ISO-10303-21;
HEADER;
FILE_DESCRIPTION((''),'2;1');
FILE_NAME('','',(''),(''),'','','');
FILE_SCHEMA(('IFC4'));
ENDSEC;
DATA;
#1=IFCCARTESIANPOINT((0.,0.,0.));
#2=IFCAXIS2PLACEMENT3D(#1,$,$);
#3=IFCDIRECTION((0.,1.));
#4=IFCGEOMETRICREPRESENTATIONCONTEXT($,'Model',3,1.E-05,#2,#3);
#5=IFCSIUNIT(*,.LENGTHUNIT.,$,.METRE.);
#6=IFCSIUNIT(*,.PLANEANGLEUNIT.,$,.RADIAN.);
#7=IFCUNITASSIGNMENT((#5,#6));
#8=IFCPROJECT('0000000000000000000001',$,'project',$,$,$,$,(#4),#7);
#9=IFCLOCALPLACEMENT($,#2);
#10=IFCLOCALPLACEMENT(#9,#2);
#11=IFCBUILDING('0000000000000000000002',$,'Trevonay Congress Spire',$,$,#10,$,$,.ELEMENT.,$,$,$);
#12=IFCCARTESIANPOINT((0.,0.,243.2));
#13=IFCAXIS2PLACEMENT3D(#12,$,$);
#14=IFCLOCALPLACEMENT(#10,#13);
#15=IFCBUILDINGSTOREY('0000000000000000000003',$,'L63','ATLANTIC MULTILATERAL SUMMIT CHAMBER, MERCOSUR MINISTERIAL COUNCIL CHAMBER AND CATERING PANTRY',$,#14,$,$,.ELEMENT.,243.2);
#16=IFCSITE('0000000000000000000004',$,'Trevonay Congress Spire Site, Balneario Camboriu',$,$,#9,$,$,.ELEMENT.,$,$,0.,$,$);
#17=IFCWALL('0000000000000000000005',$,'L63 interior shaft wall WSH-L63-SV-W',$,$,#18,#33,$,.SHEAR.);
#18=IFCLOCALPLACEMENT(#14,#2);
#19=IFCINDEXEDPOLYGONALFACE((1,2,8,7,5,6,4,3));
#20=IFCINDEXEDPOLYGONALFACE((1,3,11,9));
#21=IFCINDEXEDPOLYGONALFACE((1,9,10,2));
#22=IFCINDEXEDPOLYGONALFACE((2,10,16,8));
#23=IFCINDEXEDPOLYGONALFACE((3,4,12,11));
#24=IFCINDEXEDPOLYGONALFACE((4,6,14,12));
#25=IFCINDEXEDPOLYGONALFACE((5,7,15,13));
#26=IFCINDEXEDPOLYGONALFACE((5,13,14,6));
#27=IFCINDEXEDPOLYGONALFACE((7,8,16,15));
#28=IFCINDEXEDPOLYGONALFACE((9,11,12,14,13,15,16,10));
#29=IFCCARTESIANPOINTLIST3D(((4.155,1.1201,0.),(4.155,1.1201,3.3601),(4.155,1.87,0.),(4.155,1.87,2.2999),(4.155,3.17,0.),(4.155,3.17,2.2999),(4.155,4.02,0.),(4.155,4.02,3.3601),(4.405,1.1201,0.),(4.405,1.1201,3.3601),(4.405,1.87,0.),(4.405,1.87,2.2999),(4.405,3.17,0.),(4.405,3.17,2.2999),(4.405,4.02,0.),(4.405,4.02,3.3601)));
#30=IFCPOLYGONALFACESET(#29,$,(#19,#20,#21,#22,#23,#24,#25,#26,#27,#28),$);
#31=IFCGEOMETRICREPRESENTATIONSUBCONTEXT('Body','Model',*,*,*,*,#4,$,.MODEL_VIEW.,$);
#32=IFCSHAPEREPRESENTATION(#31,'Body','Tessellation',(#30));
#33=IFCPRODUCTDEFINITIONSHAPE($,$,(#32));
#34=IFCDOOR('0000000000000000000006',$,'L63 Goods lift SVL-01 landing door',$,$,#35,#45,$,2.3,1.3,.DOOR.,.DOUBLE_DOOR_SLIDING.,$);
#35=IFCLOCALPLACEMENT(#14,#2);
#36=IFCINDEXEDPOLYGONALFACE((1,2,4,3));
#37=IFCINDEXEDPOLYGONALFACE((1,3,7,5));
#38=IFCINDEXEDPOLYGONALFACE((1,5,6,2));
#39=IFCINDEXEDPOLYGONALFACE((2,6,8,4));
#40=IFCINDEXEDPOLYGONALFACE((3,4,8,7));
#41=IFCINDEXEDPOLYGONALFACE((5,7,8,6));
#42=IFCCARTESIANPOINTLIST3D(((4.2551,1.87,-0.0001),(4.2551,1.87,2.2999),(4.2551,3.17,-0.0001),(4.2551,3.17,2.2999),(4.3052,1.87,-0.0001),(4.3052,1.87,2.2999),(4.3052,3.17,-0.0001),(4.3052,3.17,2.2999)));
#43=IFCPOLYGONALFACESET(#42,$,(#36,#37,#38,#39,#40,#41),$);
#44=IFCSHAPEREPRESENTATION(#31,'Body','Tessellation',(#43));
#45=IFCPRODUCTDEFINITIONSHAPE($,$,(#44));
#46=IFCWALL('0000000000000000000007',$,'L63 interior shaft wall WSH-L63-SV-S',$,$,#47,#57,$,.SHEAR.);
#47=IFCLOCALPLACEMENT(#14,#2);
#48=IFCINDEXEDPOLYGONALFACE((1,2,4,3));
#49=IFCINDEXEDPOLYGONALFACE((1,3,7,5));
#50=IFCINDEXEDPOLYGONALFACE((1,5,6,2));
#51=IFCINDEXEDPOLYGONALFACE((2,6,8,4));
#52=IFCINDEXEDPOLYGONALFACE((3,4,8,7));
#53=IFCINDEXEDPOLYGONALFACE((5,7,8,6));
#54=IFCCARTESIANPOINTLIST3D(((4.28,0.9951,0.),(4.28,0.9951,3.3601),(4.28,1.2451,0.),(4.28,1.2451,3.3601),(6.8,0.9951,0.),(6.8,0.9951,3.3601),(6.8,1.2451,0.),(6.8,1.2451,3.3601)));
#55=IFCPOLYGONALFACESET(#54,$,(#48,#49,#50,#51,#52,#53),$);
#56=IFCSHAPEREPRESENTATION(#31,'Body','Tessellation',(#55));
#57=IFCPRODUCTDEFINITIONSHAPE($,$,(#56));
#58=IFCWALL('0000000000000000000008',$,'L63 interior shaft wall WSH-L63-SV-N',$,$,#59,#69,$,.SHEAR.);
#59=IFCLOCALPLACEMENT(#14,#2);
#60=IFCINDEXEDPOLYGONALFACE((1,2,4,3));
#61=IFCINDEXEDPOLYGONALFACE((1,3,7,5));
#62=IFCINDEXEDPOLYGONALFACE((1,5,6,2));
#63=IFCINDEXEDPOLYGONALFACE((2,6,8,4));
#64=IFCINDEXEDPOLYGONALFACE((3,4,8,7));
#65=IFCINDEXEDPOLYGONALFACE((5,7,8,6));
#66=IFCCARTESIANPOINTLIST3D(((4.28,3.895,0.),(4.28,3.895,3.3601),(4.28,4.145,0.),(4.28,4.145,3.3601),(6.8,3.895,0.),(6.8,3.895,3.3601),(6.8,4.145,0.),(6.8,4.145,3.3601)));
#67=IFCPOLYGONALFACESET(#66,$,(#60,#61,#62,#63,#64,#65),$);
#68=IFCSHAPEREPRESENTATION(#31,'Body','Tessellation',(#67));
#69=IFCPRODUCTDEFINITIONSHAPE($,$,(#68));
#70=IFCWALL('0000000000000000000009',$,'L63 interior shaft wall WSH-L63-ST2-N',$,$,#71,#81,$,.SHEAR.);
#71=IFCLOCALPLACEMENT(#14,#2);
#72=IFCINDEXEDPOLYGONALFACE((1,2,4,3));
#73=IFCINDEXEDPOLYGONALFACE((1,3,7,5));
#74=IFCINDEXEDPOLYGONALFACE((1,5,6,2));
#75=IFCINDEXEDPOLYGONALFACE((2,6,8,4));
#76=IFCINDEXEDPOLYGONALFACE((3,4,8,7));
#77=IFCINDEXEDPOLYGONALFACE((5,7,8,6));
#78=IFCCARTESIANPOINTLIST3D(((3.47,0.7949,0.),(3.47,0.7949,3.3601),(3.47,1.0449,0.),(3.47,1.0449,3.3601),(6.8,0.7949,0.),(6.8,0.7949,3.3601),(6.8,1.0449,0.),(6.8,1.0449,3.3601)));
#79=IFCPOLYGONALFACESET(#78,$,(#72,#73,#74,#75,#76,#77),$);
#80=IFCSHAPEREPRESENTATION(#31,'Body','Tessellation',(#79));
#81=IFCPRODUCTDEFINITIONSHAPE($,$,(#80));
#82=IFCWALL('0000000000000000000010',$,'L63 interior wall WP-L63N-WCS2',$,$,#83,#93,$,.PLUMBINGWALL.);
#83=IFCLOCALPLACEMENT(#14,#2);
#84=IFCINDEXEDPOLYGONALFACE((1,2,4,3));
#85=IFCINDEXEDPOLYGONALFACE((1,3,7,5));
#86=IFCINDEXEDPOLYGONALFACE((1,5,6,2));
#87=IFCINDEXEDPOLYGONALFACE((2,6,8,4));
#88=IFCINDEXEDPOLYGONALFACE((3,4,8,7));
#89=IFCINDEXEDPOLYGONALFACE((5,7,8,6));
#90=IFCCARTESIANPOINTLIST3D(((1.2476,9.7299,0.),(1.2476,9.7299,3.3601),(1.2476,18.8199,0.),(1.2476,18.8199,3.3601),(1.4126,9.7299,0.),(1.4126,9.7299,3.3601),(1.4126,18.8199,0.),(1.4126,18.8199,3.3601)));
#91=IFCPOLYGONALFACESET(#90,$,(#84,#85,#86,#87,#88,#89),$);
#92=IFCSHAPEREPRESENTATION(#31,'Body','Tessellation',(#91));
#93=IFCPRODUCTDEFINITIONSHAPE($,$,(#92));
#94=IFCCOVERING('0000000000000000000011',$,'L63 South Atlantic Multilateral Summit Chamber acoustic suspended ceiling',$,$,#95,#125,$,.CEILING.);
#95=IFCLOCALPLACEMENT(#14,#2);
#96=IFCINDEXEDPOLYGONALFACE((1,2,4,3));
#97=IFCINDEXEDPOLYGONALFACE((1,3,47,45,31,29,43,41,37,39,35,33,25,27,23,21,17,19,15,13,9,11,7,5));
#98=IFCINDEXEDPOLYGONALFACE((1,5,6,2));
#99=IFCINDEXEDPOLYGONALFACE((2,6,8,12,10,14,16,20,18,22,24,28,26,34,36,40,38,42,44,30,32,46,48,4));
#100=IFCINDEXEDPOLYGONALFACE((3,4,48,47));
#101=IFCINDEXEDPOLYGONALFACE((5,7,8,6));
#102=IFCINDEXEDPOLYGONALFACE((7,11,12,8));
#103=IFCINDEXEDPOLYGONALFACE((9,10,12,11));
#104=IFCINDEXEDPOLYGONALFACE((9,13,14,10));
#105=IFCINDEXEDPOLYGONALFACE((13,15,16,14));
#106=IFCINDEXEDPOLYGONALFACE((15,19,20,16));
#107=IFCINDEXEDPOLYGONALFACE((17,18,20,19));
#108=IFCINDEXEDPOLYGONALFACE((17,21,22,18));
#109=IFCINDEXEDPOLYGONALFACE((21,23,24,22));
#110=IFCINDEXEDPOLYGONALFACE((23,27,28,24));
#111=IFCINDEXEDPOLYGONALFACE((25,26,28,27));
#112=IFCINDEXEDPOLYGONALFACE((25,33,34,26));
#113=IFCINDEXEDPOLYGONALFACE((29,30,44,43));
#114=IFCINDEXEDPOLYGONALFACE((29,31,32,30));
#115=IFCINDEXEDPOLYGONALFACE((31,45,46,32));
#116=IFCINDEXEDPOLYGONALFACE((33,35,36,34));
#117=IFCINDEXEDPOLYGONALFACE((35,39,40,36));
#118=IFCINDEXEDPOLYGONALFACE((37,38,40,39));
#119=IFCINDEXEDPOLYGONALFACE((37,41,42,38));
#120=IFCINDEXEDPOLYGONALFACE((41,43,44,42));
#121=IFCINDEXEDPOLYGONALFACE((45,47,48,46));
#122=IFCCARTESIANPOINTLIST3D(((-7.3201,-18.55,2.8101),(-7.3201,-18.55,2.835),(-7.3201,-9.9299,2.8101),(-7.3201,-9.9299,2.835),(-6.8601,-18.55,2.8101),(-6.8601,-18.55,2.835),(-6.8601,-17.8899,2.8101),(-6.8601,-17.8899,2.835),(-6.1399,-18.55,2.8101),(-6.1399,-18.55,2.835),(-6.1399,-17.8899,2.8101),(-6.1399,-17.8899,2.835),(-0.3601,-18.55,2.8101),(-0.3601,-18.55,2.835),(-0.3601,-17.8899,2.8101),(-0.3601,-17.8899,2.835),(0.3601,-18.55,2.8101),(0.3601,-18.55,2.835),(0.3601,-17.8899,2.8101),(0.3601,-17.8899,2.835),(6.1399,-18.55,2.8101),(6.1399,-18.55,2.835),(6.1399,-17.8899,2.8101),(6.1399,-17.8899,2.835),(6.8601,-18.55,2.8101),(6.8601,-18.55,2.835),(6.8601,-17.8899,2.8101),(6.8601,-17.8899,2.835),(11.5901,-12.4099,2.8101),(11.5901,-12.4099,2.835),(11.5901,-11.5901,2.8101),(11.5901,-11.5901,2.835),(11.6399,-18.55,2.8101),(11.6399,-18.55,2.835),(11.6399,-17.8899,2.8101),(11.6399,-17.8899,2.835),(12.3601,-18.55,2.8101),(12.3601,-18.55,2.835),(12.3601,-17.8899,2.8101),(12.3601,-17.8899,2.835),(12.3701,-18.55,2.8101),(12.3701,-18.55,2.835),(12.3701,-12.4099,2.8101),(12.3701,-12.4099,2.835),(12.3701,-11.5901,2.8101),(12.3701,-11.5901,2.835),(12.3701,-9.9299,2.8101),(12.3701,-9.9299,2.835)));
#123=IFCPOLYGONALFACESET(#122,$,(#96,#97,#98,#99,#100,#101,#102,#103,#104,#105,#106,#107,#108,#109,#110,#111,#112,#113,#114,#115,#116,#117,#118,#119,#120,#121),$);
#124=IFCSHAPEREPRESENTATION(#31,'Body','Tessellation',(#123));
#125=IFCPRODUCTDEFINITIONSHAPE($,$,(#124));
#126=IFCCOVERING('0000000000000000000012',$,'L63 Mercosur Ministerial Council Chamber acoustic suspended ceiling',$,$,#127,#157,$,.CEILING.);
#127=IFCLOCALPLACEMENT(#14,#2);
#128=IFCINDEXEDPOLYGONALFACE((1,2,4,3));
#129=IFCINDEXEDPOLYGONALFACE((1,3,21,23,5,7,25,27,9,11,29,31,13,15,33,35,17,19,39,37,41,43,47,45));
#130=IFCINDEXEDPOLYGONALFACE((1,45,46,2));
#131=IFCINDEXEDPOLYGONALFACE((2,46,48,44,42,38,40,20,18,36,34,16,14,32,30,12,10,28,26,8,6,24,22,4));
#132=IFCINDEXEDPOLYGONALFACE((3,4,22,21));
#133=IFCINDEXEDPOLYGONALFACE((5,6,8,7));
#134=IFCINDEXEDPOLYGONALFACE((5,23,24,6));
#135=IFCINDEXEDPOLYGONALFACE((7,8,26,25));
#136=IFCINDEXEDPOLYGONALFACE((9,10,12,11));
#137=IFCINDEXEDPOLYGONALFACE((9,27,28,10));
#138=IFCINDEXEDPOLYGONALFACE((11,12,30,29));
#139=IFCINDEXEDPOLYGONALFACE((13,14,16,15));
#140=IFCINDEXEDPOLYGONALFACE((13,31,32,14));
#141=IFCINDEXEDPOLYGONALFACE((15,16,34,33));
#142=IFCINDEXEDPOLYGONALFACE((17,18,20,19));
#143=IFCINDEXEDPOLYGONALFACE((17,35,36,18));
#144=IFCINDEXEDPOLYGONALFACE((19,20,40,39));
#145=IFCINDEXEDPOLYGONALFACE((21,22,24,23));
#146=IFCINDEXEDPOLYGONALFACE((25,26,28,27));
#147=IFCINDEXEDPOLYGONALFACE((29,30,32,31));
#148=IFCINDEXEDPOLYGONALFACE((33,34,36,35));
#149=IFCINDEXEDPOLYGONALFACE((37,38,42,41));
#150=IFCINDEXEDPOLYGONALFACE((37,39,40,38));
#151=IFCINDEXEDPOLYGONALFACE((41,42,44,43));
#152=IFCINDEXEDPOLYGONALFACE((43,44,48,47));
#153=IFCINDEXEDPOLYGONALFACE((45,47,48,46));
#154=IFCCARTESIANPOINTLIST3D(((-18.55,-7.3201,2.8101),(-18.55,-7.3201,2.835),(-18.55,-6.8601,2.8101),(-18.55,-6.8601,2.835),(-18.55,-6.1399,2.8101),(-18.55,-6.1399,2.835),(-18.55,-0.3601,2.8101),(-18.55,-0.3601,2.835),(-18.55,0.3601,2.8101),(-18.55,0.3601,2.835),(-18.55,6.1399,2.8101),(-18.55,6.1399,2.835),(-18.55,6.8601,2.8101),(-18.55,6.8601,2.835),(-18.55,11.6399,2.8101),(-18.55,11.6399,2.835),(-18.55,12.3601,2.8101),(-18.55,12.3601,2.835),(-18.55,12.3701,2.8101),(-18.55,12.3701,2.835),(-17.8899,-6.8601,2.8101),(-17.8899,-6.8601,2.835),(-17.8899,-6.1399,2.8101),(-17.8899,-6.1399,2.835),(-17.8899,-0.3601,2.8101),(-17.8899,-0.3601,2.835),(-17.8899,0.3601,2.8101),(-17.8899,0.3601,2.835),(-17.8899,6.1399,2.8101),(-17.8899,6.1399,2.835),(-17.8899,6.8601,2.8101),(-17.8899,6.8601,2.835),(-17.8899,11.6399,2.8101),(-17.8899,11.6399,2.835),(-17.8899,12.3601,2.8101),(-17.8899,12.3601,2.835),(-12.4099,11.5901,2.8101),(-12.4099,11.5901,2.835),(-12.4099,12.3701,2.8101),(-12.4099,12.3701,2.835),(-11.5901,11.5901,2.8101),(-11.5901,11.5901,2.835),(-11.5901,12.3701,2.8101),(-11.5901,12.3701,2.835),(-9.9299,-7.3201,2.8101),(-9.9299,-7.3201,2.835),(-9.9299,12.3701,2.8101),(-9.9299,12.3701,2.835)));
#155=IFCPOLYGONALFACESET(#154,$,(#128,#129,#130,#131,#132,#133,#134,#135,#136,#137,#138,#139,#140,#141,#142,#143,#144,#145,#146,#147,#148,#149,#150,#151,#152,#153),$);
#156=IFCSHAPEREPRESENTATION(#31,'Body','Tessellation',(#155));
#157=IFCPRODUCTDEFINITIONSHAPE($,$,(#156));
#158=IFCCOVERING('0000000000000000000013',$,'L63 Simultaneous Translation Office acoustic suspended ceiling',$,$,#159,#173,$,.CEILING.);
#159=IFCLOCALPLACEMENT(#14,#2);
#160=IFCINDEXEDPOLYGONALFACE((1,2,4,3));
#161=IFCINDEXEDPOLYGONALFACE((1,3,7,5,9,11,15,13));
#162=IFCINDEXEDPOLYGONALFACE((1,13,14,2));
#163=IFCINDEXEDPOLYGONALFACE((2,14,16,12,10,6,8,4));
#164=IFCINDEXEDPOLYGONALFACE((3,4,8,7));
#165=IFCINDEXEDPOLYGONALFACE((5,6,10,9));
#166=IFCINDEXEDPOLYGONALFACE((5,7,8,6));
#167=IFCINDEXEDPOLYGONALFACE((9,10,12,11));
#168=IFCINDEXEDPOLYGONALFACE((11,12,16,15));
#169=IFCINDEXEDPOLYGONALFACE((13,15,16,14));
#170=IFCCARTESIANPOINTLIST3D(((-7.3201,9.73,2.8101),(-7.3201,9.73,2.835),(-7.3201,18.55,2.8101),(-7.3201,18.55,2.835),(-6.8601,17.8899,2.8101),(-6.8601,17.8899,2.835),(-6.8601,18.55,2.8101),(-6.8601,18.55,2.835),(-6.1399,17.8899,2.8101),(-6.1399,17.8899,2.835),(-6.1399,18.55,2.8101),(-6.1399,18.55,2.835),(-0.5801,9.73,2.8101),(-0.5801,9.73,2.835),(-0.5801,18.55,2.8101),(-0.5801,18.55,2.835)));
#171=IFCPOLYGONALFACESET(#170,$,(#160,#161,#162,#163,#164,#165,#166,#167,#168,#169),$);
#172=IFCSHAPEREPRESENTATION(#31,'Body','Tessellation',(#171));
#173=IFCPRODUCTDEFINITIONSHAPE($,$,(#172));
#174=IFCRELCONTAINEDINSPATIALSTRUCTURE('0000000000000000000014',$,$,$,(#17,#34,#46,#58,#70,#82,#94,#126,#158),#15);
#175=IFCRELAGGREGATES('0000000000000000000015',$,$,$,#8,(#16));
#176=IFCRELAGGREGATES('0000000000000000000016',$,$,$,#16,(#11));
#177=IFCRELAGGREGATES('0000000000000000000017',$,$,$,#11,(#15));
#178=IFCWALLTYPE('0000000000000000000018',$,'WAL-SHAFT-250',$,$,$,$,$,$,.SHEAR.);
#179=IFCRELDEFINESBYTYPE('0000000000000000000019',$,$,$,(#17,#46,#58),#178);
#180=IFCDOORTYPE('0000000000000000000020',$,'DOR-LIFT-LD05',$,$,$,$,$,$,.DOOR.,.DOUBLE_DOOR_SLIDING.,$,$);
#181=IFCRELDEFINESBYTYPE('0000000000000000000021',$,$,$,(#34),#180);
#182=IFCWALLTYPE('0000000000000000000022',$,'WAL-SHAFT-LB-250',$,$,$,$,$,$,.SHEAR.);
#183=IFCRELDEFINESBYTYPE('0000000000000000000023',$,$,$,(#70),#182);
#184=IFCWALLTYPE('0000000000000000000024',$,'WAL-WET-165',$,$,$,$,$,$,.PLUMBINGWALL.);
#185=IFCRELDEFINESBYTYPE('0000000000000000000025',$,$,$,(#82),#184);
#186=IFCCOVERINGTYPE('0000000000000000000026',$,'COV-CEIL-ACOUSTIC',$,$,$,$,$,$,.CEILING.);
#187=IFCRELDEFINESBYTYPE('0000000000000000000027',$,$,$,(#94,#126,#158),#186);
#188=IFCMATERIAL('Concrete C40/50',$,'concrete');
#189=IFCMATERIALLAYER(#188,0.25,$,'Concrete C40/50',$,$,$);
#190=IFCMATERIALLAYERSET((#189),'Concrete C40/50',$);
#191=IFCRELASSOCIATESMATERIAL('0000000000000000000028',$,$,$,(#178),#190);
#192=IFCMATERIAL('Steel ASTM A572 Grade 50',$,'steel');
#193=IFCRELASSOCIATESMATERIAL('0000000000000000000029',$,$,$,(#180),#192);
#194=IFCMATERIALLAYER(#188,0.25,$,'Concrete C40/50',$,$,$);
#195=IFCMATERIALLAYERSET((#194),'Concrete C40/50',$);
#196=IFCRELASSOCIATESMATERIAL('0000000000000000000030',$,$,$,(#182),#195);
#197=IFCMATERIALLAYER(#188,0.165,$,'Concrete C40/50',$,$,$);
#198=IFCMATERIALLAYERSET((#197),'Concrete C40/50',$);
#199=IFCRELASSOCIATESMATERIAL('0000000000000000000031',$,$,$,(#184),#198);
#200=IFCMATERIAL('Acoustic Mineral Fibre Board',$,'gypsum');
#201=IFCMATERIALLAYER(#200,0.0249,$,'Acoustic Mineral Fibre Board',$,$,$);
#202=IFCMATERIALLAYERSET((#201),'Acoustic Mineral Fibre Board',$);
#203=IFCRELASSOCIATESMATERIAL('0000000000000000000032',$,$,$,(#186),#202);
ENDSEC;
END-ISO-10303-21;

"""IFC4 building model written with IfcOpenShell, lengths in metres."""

from ifc_helpers import new_model, si_unit, direction, frame, frame_2d, origin, place, context, subcontext, project, spatial, polyline, rectangle, outline, extrude, material, layer, layer_set, type_object, element, fill, save


model = new_model("IFC4")

# Units and contexts
model_context = context("Model", 3, precision=1e-05, world=origin(), true_north=direction((0.0, 1.0)))
body_context = subcontext(model_context, "Body", "Model", "MODEL_VIEW")
ifc_project = project(units=[si_unit("LENGTHUNIT", "METRE"), si_unit("PLANEANGLEUNIT", "RADIAN")], contexts=[model_context])

# Site, building, storey
site_placement = place(None, origin())
site = spatial("IfcSite", under=ifc_project, at=site_placement, Name="Trevonay Congress Spire Site, Balneario Camboriu", CompositionType="ELEMENT", RefElevation=0.0)
building_placement = place(site_placement, origin())
building = spatial("IfcBuilding", under=site, at=building_placement, Name="Trevonay Congress Spire", CompositionType="ELEMENT")
storey_placement = place(building_placement, frame((0.0, 0.0, 243.2)))
storey = spatial("IfcBuildingStorey", under=building, at=storey_placement, Name="L63", Description="ATLANTIC MULTILATERAL SUMMIT CHAMBER, MERCOSUR MINISTERIAL COUNCIL CHAMBER AND CATERING PANTRY", CompositionType="ELEMENT", Elevation=243.2)

# Shared definitions
ifc_material_1 = material(Name="Steel ASTM A572 Grade 50", Category="steel")

# Shared definitions
ifc_material_2 = material(Name="Concrete C40/50", Category="concrete")
ifc_layer_1 = layer(ifc_material_2, 0.25, Name="Concrete C40/50")
ifc_layer_set_1 = layer_set([ifc_layer_1], Name="Concrete C40/50")
wall_type_1 = type_object("IfcWallType", Name="WAL-SHAFT-250", PredefinedType="SHEAR", material=ifc_layer_set_1)

# Wall, opening, door
wall_1_placement = place(storey_placement, frame((4.28, 1.1201, 0.0), z_axis=(0.0, 0.0, 1.0), x_axis=(0.0, 1.0, 0.0)))
wall_1 = element("IfcWall", 1, at=wall_1_placement, inside=storey, type_object=wall_type_1, Name="L63 interior shaft wall WSH-L63-SV-W", PredefinedType="SHEAR", context=body_context, shape_type="SweptSolid", body=[
    extrude(rectangle(XDim=2.8999, YDim=0.25, at=frame_2d((1.45, 0.0))), origin(), (0.0, 0.0, 1.0), 3.3601),
])
opening_1_placement = place(wall_1_placement, frame((0.75, 0.0, 0.0)))
opening_1 = element("IfcOpeningElement", 2, at=opening_1_placement, cuts=wall_1, PredefinedType="OPENING", context=body_context, shape_type="SweptSolid", body=[
    extrude(rectangle(XDim=1.3, YDim=2.3, at=frame_2d((0.6499, 1.1499))), frame((0.0, 0.135, 0.0), z_axis=(0.0, -1.0, 0.0), x_axis=(1.0, 0.0, 0.0)), (0.0, 0.0, 1.0), 0.27),
])
door_type_1 = type_object("IfcDoorType", Name="DOR-LIFT-LD05", OperationType="DOUBLE_DOOR_SLIDING", PredefinedType="DOOR", material=ifc_material_1)
door_1_placement = place(opening_1_placement, origin())
door_1 = element("IfcDoor", 3, at=door_1_placement, inside=storey, type_object=door_type_1, Name="L63 Goods lift SVL-01 landing door", OperationType="DOUBLE_DOOR_SLIDING", OverallHeight=2.3, OverallWidth=1.3, PredefinedType="DOOR", context=body_context, shape_type="SweptSolid", body=[
    extrude(rectangle(XDim=1.3, YDim=2.3, at=frame_2d((0.6499, 1.1499))), frame((0.0, 0.0249, 0.0), z_axis=(0.0, -1.0, 0.0), x_axis=(1.0, 0.0, 0.0)), (0.0, 0.0, 1.0), 0.05),
])
fill(opening_1, door_1)

# Walls
for number, where, z_axis, x_axis, name in (
    (4, (4.28, 1.1201, 0.0), (0.0, 0.0, 1.0), (1.0, 0.0, 0.0), "L63 interior shaft wall WSH-L63-SV-S"),
    (5, (4.28, 4.02, 0.0), (0.0, 0.0, 1.0), (1.0, 0.0, 0.0), "L63 interior shaft wall WSH-L63-SV-N"),
):
    element("IfcWall", number, at=place(storey_placement, frame(where, z_axis=z_axis, x_axis=x_axis)), inside=storey, type_object=wall_type_1, Name=name, PredefinedType="SHEAR", context=body_context, shape_type="SweptSolid", body=[
        extrude(rectangle(XDim=2.52, YDim=0.25, at=frame_2d((1.26, 0.0))), origin(), (0.0, 0.0, 1.0), 3.3601),
    ])
ifc_layer_2 = layer(ifc_material_2, 0.25, Name="Concrete C40/50")
ifc_layer_set_2 = layer_set([ifc_layer_2], Name="Concrete C40/50")
wall_type_2 = type_object("IfcWallType", Name="WAL-SHAFT-LB-250", PredefinedType="SHEAR", material=ifc_layer_set_2)
wall_2_placement = place(storey_placement, frame((3.47, 0.9199, 0.0), z_axis=(0.0, 0.0, 1.0), x_axis=(1.0, 0.0, 0.0)))
element("IfcWall", 6, at=wall_2_placement, inside=storey, type_object=wall_type_2, Name="L63 interior shaft wall WSH-L63-ST2-N", PredefinedType="SHEAR", context=body_context, shape_type="SweptSolid", body=[
    extrude(rectangle(XDim=3.3301, YDim=0.25, at=frame_2d((1.665, 0.0))), origin(), (0.0, 0.0, 1.0), 3.3601),
])
ifc_layer_3 = layer(ifc_material_2, 0.165, Name="Concrete C40/50")
ifc_layer_set_3 = layer_set([ifc_layer_3], Name="Concrete C40/50")
wall_type_3 = type_object("IfcWallType", Name="WAL-WET-165", PredefinedType="PLUMBINGWALL", material=ifc_layer_set_3)
wall_3_placement = place(storey_placement, frame((1.3301, 9.73, 0.0), z_axis=(0.0, 0.0, 1.0), x_axis=(0.0, 1.0, 0.0)))
element("IfcWall", 7, at=wall_3_placement, inside=storey, type_object=wall_type_3, Name="L63 interior wall WP-L63N-WCS2", PredefinedType="PLUMBINGWALL", context=body_context, shape_type="SweptSolid", body=[
    extrude(rectangle(XDim=9.0901, YDim=0.165, at=frame_2d((4.5449, 0.0))), origin(), (0.0, 0.0, 1.0), 3.3601),
])

# Coverings
ifc_material_3 = material(Name="Acoustic Mineral Fibre Board", Category="gypsum")
ifc_layer_4 = layer(ifc_material_3, 0.0249, Name="Acoustic Mineral Fibre Board")
ifc_layer_set_4 = layer_set([ifc_layer_4], Name="Acoustic Mineral Fibre Board")
covering_type_1 = type_object("IfcCoveringType", Name="COV-CEIL-ACOUSTIC", PredefinedType="CEILING", material=ifc_layer_set_4)
covering_1_placement = place(storey_placement, frame((0.0, 0.0, 2.8101)))
element("IfcCovering", 8, at=covering_1_placement, inside=storey, type_object=covering_type_1, Name="L63 South Atlantic Multilateral Summit Chamber acoustic suspended ceiling", PredefinedType="CEILING", context=body_context, shape_type="SweptSolid", body=[
    extrude(outline(polyline([(-7.3201, -18.55), (-7.3201, -9.9299), (12.3701, -9.9299), (12.3701, -11.5901), (11.5901, -11.5901), (11.5901, -12.4099), (12.3701, -12.4099), (12.3701, -18.55), (12.3601, -18.55), (12.3601, -17.8899), (11.6399, -17.8899), (11.6399, -18.55), (6.8601, -18.55), (6.8601, -17.8899), (6.1399, -17.8899), (6.1399, -18.55), (0.3601, -18.55), (0.3601, -17.8899), (-0.3601, -17.8899), (-0.3601, -18.55), (-6.1399, -18.55), (-6.1399, -17.8899), (-6.8601, -17.8899), (-6.8601, -18.55), (-7.3201, -18.55)])), origin(), (0.0, 0.0, 1.0), 0.0249),
])
covering_2_placement = place(storey_placement, frame((0.0, 0.0, 2.8101)))
element("IfcCovering", 9, at=covering_2_placement, inside=storey, type_object=covering_type_1, Name="L63 Mercosur Ministerial Council Chamber acoustic suspended ceiling", PredefinedType="CEILING", context=body_context, shape_type="SweptSolid", body=[
    extrude(outline(polyline([(-9.9299, 12.3701), (-9.9299, -7.3201), (-18.55, -7.3201), (-18.55, -6.8601), (-17.8899, -6.8601), (-17.8899, -6.1399), (-18.55, -6.1399), (-18.55, -0.3601), (-17.8899, -0.3601), (-17.8899, 0.3601), (-18.55, 0.3601), (-18.55, 6.1399), (-17.8899, 6.1399), (-17.8899, 6.8601), (-18.55, 6.8601), (-18.55, 11.6399), (-17.8899, 11.6399), (-17.8899, 12.3601), (-18.55, 12.3601), (-18.55, 12.3701), (-12.4099, 12.3701), (-12.4099, 11.5901), (-11.5901, 11.5901), (-11.5901, 12.3701), (-9.9299, 12.3701)])), origin(), (0.0, 0.0, 1.0), 0.0249),
])
covering_3_placement = place(storey_placement, frame((0.0, 0.0, 2.8101)))
element("IfcCovering", 10, at=covering_3_placement, inside=storey, type_object=covering_type_1, Name="L63 Simultaneous Translation Office acoustic suspended ceiling", PredefinedType="CEILING", context=body_context, shape_type="SweptSolid", body=[
    extrude(outline(polyline([(-0.5801, 18.55), (-0.5801, 9.73), (-7.3201, 9.73), (-7.3201, 18.55), (-6.8601, 18.55), (-6.8601, 17.8899), (-6.1399, 17.8899), (-6.1399, 18.55), (-0.5801, 18.55)])), origin(), (0.0, 0.0, 1.0), 0.0249),
])

save(model, "model.ifc")
